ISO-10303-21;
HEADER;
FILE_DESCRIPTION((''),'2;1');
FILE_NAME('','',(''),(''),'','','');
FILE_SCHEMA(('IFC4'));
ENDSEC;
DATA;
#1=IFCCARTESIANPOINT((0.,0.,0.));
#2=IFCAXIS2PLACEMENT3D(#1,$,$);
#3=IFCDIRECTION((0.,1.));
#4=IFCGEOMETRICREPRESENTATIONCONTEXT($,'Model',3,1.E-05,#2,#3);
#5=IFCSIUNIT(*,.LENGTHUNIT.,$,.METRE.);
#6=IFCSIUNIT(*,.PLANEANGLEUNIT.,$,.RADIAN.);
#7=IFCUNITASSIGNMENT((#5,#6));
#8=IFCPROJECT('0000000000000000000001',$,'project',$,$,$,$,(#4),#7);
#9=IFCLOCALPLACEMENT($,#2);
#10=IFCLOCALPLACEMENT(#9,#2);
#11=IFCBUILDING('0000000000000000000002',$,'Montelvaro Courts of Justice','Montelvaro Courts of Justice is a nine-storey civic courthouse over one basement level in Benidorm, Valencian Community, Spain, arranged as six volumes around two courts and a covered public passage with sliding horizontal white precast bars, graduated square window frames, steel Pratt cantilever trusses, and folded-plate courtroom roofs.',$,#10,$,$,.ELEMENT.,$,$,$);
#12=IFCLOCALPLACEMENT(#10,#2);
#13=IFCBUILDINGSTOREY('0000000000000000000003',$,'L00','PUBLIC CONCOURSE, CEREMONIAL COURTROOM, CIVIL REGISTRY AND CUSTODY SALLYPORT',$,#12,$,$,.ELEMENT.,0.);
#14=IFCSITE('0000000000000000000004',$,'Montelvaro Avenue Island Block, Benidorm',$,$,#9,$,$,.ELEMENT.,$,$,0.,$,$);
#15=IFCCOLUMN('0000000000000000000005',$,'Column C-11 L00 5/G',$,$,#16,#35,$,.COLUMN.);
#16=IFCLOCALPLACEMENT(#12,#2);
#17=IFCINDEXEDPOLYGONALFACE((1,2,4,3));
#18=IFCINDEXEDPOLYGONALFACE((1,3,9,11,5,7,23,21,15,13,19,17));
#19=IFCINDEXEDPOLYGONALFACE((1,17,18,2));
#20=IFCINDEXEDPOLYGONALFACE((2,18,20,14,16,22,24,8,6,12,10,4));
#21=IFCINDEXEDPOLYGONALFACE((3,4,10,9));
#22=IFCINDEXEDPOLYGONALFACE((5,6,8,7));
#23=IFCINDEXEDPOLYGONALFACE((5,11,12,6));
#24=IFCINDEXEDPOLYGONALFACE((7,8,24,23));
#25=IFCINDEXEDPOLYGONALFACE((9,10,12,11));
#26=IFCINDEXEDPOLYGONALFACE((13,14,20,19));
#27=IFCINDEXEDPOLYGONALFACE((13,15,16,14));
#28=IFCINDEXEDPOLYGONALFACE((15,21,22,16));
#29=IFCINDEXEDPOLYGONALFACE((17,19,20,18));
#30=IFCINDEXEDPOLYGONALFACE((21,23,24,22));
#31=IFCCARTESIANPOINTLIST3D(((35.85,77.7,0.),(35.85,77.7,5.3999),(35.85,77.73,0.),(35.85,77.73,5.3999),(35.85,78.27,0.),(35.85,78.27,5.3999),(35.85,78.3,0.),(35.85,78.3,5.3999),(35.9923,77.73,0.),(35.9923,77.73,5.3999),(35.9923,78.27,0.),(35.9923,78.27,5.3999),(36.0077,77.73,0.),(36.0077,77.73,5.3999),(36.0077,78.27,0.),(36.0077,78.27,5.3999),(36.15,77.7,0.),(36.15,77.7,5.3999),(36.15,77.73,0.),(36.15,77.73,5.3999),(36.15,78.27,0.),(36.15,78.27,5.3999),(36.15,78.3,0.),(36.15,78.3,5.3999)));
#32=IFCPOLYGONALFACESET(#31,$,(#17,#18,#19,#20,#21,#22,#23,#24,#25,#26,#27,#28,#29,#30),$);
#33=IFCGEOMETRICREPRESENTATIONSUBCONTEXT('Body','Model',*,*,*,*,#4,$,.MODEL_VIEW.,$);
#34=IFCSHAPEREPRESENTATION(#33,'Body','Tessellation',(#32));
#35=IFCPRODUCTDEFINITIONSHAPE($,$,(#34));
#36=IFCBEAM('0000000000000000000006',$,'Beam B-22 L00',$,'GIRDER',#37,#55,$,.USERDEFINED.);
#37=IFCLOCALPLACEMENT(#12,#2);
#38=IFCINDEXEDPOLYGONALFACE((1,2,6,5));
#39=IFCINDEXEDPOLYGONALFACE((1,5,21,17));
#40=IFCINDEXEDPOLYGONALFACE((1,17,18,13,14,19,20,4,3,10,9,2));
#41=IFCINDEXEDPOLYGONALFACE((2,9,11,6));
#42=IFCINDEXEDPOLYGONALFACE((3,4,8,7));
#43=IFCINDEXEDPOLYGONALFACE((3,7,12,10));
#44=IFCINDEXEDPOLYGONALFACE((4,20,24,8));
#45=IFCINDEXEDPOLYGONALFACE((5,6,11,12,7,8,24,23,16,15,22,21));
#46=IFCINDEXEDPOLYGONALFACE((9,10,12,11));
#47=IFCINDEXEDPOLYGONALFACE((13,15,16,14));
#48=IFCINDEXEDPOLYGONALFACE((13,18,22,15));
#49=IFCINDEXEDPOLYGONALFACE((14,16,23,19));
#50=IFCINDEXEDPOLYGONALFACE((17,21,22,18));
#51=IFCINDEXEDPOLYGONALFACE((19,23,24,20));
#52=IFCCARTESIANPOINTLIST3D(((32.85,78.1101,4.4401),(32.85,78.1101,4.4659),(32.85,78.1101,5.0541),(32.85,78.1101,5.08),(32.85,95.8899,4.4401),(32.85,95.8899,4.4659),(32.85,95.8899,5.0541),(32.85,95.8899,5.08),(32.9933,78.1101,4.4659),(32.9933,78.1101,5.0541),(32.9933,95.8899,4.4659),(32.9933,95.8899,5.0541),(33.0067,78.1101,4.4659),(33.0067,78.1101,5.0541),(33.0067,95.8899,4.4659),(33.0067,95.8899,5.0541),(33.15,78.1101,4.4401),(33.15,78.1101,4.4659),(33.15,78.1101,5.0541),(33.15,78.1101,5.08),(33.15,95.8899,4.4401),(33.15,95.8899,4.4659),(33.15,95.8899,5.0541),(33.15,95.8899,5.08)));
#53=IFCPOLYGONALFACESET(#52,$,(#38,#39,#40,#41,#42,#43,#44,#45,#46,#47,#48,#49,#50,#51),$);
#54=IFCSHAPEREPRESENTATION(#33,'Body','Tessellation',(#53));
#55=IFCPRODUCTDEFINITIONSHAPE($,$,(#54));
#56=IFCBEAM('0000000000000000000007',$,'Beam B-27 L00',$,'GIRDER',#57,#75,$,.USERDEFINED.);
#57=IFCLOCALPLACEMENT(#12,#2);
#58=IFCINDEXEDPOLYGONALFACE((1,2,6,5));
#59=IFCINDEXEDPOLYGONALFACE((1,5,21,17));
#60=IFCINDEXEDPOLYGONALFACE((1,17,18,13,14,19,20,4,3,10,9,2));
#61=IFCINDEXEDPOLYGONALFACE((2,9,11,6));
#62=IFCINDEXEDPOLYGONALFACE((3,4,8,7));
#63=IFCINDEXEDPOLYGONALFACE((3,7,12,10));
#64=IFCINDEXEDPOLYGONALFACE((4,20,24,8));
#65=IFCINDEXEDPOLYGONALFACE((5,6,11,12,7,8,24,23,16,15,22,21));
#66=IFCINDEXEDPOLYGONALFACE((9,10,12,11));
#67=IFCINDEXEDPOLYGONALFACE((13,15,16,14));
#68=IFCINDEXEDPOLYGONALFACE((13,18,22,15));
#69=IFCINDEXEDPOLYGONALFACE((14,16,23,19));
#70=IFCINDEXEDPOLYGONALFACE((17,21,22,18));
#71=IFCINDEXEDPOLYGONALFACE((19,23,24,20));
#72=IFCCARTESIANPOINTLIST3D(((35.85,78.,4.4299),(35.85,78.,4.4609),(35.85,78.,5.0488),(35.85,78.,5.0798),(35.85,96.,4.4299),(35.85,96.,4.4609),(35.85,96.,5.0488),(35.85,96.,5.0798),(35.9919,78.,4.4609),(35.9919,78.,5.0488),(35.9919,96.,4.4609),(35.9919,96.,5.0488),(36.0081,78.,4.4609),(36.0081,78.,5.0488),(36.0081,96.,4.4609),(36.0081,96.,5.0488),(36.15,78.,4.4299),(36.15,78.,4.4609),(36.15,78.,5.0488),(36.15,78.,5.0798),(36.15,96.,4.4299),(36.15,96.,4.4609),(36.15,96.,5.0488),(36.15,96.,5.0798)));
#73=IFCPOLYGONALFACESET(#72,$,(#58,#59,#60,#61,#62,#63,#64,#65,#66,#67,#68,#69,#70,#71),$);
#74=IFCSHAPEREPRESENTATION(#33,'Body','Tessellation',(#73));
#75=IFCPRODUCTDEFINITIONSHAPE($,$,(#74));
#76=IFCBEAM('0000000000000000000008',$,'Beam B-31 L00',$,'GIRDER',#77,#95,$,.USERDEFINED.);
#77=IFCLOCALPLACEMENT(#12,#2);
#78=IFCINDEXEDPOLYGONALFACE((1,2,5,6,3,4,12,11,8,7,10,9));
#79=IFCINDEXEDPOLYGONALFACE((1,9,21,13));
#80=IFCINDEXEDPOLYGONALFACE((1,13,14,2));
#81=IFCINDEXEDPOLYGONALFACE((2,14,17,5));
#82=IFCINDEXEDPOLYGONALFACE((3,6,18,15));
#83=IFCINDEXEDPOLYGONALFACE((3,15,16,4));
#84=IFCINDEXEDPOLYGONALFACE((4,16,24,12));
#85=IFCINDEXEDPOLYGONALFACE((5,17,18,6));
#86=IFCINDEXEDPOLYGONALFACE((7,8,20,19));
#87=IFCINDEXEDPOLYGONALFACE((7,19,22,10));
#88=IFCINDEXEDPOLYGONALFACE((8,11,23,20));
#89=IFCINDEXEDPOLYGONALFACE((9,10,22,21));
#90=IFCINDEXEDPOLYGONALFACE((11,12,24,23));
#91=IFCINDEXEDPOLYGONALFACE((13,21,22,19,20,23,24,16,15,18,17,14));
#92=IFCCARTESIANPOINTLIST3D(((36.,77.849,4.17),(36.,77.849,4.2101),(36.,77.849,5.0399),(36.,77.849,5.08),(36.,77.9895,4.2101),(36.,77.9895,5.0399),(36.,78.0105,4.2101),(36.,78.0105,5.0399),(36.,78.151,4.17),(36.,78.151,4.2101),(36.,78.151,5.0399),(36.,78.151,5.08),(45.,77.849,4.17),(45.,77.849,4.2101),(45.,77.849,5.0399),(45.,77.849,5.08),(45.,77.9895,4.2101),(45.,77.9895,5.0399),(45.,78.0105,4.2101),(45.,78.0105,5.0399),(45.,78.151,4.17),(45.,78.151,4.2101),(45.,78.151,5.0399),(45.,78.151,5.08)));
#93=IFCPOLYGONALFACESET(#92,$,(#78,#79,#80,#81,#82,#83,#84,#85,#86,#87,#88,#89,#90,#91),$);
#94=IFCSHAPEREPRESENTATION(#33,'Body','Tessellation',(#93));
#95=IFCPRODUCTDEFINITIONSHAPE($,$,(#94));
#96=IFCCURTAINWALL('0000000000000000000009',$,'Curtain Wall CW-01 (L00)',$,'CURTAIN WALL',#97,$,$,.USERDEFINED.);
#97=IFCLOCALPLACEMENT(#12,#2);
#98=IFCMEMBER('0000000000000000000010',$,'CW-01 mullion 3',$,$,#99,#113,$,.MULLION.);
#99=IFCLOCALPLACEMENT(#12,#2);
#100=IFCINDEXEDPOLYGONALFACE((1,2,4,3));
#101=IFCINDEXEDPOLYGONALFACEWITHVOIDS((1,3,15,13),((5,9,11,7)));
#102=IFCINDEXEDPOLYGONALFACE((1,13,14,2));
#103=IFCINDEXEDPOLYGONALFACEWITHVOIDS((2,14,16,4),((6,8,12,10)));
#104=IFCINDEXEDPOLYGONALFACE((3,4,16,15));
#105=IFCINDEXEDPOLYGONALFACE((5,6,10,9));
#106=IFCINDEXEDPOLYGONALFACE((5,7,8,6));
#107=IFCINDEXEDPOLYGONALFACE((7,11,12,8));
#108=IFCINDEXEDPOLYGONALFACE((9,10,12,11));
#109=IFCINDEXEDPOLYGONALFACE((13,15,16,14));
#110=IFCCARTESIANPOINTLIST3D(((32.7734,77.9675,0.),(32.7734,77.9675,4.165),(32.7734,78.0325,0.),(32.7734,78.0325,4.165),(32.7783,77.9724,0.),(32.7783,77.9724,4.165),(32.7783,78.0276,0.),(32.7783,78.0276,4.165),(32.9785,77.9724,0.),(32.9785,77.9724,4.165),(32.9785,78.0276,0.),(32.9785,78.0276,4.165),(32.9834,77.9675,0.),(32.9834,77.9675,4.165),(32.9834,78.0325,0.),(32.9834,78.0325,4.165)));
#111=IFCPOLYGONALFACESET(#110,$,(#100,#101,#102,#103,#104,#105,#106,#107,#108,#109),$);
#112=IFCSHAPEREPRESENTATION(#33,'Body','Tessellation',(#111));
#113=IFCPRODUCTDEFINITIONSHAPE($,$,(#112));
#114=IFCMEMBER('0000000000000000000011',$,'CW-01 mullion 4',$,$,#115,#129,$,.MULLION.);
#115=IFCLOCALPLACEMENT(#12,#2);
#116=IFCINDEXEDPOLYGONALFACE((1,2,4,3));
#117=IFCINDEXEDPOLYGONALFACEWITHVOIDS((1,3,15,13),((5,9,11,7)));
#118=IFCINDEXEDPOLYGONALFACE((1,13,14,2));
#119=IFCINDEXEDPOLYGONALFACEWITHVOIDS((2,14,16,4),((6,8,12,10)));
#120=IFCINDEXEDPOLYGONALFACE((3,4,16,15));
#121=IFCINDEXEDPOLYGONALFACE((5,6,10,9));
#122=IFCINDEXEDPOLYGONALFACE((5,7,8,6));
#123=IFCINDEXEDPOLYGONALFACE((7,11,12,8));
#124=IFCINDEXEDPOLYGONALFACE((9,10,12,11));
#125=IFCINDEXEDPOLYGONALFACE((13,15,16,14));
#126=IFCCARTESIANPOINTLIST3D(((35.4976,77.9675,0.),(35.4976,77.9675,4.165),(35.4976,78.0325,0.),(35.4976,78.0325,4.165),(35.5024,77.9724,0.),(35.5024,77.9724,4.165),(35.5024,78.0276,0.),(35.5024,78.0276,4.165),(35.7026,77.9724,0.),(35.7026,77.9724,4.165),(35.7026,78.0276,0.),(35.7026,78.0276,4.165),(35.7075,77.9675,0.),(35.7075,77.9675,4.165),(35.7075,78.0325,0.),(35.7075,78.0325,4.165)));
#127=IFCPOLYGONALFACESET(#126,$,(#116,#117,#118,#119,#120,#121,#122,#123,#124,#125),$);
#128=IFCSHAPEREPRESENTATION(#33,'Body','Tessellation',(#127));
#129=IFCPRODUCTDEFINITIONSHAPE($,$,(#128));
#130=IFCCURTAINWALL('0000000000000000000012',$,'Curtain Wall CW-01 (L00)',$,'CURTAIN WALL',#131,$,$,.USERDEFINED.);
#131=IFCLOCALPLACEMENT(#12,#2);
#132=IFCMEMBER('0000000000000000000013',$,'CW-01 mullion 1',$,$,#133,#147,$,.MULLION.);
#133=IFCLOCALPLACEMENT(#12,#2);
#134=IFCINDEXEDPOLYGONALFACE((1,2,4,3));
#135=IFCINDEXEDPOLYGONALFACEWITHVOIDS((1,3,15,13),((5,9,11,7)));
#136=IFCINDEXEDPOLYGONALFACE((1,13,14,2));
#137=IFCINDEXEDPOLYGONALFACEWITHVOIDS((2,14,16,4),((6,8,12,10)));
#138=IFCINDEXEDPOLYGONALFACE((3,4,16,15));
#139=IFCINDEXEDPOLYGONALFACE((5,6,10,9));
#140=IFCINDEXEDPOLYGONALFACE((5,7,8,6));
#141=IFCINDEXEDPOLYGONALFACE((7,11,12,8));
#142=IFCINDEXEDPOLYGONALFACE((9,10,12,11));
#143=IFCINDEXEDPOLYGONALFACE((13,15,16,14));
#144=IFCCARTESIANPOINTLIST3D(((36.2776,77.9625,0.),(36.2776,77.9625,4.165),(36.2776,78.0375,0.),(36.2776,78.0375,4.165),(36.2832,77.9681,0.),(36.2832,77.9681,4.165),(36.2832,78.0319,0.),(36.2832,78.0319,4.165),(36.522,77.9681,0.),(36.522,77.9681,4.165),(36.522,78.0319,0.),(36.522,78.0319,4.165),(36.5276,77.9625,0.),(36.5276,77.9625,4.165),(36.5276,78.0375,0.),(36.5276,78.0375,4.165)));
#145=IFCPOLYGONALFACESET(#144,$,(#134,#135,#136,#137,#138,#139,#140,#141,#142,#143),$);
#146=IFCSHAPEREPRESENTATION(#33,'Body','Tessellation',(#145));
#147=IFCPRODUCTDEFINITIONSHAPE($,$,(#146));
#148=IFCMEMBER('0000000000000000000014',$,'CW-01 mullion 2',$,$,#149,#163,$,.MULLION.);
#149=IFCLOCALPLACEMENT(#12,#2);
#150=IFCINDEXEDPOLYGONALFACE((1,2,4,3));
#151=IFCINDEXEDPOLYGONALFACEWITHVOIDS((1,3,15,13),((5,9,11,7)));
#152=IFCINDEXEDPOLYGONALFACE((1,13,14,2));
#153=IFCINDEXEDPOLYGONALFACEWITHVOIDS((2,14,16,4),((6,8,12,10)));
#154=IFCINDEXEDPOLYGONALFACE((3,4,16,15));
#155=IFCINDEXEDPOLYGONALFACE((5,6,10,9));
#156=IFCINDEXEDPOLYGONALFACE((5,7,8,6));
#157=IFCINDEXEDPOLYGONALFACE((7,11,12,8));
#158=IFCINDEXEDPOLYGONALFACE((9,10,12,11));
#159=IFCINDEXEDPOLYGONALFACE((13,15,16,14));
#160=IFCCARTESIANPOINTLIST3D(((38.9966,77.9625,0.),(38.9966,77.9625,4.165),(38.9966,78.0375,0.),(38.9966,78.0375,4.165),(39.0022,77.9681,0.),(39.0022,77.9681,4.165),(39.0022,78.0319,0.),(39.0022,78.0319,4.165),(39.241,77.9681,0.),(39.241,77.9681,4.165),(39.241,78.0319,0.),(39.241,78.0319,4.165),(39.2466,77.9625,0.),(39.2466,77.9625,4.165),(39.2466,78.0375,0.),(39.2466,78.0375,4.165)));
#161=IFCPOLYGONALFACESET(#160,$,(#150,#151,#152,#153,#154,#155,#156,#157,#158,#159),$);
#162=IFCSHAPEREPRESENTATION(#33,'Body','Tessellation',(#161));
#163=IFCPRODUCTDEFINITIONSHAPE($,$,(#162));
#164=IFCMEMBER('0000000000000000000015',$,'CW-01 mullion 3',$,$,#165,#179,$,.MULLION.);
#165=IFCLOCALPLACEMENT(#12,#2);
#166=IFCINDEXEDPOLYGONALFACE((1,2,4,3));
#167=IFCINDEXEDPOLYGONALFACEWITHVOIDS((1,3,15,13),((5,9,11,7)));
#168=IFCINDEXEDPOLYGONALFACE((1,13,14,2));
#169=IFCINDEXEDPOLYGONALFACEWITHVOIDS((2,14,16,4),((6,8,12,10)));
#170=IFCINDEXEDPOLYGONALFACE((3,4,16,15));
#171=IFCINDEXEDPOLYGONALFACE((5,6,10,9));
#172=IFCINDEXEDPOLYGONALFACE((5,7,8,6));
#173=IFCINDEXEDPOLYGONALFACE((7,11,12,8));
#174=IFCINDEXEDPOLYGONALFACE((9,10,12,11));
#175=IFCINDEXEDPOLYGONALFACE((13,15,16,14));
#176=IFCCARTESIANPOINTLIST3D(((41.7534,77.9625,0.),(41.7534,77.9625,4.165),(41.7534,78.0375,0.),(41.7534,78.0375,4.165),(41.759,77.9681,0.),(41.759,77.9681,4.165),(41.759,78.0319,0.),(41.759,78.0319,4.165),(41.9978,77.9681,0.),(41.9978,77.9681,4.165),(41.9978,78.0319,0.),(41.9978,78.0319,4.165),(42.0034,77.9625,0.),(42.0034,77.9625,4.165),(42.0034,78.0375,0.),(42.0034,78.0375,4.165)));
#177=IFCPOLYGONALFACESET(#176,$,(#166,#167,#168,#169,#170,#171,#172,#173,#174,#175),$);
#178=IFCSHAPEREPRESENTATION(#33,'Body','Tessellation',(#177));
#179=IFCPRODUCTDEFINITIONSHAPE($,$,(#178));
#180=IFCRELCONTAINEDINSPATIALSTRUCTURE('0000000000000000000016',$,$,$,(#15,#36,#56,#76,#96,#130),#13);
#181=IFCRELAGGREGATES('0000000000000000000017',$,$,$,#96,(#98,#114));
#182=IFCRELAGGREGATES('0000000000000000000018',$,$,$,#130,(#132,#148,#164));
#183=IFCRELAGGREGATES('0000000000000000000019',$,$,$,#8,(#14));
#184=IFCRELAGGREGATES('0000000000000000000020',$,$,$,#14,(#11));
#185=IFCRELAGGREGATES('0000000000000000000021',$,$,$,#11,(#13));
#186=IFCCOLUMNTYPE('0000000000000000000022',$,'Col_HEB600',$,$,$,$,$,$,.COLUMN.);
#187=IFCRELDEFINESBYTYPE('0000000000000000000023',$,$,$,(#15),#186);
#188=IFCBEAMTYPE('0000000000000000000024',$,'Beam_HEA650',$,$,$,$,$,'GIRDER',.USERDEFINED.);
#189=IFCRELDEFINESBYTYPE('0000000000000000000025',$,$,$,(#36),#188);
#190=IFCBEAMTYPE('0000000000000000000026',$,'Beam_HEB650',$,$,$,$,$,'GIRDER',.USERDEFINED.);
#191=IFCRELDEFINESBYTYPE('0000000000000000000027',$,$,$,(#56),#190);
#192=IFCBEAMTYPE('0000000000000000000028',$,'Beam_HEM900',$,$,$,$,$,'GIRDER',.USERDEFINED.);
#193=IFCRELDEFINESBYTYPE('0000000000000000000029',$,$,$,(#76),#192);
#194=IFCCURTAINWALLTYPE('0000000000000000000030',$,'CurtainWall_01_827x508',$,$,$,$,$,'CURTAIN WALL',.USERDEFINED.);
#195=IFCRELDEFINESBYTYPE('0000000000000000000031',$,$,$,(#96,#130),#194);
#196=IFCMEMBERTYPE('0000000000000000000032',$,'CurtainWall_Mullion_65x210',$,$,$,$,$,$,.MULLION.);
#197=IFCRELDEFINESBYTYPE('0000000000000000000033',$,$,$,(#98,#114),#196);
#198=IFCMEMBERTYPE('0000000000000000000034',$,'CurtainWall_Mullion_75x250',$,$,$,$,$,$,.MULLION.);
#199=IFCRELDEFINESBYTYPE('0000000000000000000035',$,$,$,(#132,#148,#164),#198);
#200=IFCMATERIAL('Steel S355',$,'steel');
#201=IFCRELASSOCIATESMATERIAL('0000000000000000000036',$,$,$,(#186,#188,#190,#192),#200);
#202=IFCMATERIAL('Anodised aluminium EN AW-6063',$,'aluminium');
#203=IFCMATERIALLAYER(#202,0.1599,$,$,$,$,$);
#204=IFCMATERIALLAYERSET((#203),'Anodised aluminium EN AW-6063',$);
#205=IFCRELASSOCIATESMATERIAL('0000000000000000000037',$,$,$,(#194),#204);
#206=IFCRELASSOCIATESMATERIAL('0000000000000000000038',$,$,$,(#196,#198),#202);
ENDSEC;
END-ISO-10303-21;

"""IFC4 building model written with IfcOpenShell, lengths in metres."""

from ifc_helpers import new_model, si_unit, direction, frame, origin, origin_2d, place, context, subcontext, project, spatial, hollow_rectangle, i_section, extrude, material, layer, layer_set, material_profile, profile_set, type_object, element, aggregate, save


model = new_model("IFC4")

# Units and contexts
model_context = context("Model", 3, precision=1e-05, world=origin(), true_north=direction((0.0, 1.0)))
body_context = subcontext(model_context, "Body", "Model", "MODEL_VIEW")
ifc_project = project(units=[si_unit("LENGTHUNIT", "METRE"), si_unit("PLANEANGLEUNIT", "RADIAN")], contexts=[model_context])

# Site, building, storey
site_placement = place(None, origin())
site = spatial("IfcSite", under=ifc_project, at=site_placement, Name="Montelvaro Avenue Island Block, Benidorm", CompositionType="ELEMENT", RefElevation=0.0)
building_placement = place(site_placement, origin())
building = spatial("IfcBuilding", under=site, at=building_placement, Name="Montelvaro Courts of Justice", Description="Montelvaro Courts of Justice is a nine-storey civic courthouse over one basement level in Benidorm, Valencian Community, Spain, arranged as six volumes around two courts and a covered public passage with sliding horizontal white precast bars, graduated square window frames, steel Pratt cantilever trusses, and folded-plate courtroom roofs.", CompositionType="ELEMENT")
storey_placement = place(building_placement, origin())
storey = spatial("IfcBuildingStorey", under=building, at=storey_placement, Name="L00", Description="PUBLIC CONCOURSE, CEREMONIAL COURTROOM, CIVIL REGISTRY AND CUSTODY SALLYPORT", CompositionType="ELEMENT", Elevation=0.0)

# Column
ifc_material_1 = material(Name="Steel S355", Category="steel")
ifc_material_profile_1 = material_profile(ifc_material_1, i_section(OverallWidth=0.3, OverallDepth=0.6001, WebThickness=0.0154, FlangeThickness=0.03, at=origin_2d()), Name="HEB 600")
ifc_profile_set_1 = profile_set([ifc_material_profile_1], Name="Steel S355")
column_type = type_object("IfcColumnType", Name="Col_HEB600", PredefinedType="COLUMN", material=ifc_profile_set_1)
column_placement = place(storey_placement, frame((36.0, 78.0, 0.0), z_axis=(0.0, 0.0, 1.0), x_axis=(1.0, 0.0, 0.0)))
element("IfcColumn", 1, at=column_placement, inside=storey, type_object=column_type, Name="Column C-11 L00 5/G", PredefinedType="COLUMN", context=body_context, shape_type="SweptSolid", body=[
    extrude(i_section(OverallWidth=0.3, OverallDepth=0.6001, WebThickness=0.0154, FlangeThickness=0.03, at=origin_2d()), origin(), (0.0, 0.0, 1.0), 5.3999),
])

# Beams
ifc_material_profile_2 = material_profile(ifc_material_1, i_section(OverallWidth=0.3, OverallDepth=0.6399, WebThickness=0.0134, FlangeThickness=0.0259, at=origin_2d()), Name="HEA 650")
ifc_profile_set_2 = profile_set([ifc_material_profile_2], Name="Steel S355")
beam_type_1 = type_object("IfcBeamType", Name="Beam_HEA650", ElementType="GIRDER", PredefinedType="USERDEFINED", material=ifc_profile_set_2)
beam_1_placement = place(storey_placement, frame((33.0, 78.1101, 4.76), z_axis=(0.0, 1.0, 0.0), x_axis=(-1.0, 0.0, 0.0)))
element("IfcBeam", 2, at=beam_1_placement, inside=storey, type_object=beam_type_1, Name="Beam B-22 L00", ObjectType="GIRDER", PredefinedType="USERDEFINED", context=body_context, shape_type="SweptSolid", body=[
    extrude(i_section(OverallWidth=0.3, OverallDepth=0.6399, WebThickness=0.0134, FlangeThickness=0.0259, at=origin_2d()), origin(), (0.0, 0.0, 1.0), 17.7798),
])
ifc_material_profile_3 = material_profile(ifc_material_1, i_section(OverallWidth=0.3, OverallDepth=0.6499, WebThickness=0.0161, FlangeThickness=0.031, at=origin_2d()), Name="HEB 650")
ifc_profile_set_3 = profile_set([ifc_material_profile_3], Name="Steel S355")
beam_type_2 = type_object("IfcBeamType", Name="Beam_HEB650", ElementType="GIRDER", PredefinedType="USERDEFINED", material=ifc_profile_set_3)
beam_2_placement = place(storey_placement, frame((36.0, 78.0, 4.7549), z_axis=(0.0, 1.0, 0.0), x_axis=(-1.0, 0.0, 0.0)))
element("IfcBeam", 3, at=beam_2_placement, inside=storey, type_object=beam_type_2, Name="Beam B-27 L00", ObjectType="GIRDER", PredefinedType="USERDEFINED", context=body_context, shape_type="SweptSolid", body=[
    extrude(i_section(OverallWidth=0.3, OverallDepth=0.6499, WebThickness=0.0161, FlangeThickness=0.031, at=origin_2d()), origin(), (0.0, 0.0, 1.0), 18.0),
])
ifc_material_profile_4 = material_profile(ifc_material_1, i_section(OverallWidth=0.302, OverallDepth=0.9099, WebThickness=0.021, FlangeThickness=0.04, at=origin_2d()), Name="HEM 900")
ifc_profile_set_4 = profile_set([ifc_material_profile_4], Name="Steel S355")
beam_type_3 = type_object("IfcBeamType", Name="Beam_HEM900", ElementType="GIRDER", PredefinedType="USERDEFINED", material=ifc_profile_set_4)
beam_3_placement = place(storey_placement, frame((36.0, 78.0, 4.625), z_axis=(1.0, 0.0, 0.0), x_axis=(0.0, 1.0, 0.0)))
element("IfcBeam", 4, at=beam_3_placement, inside=storey, type_object=beam_type_3, Name="Beam B-31 L00", ObjectType="GIRDER", PredefinedType="USERDEFINED", context=body_context, shape_type="SweptSolid", body=[
    extrude(i_section(OverallWidth=0.302, OverallDepth=0.9099, WebThickness=0.021, FlangeThickness=0.04, at=origin_2d()), origin(), (0.0, 0.0, 1.0), 9.0),
])

# Curtain walls, members
ifc_material_2 = material(Name="Anodised aluminium EN AW-6063", Category="aluminium")
ifc_layer_1 = layer(ifc_material_2, 0.1599)
ifc_layer_set_1 = layer_set([ifc_layer_1], Name="Anodised aluminium EN AW-6063")
curtain_wall_type = type_object("IfcCurtainWallType", Name="CurtainWall_01_827x508", ElementType="CURTAIN WALL", PredefinedType="USERDEFINED", material=ifc_layer_set_1)
curtain_wall_1_placement = place(storey_placement, origin())
curtain_wall_1 = element("IfcCurtainWall", 5, at=curtain_wall_1_placement, inside=storey, type_object=curtain_wall_type, Name="Curtain Wall CW-01 (L00)", ObjectType="CURTAIN WALL", PredefinedType="USERDEFINED")
ifc_material_profile_5 = material_profile(ifc_material_2, hollow_rectangle(XDim=0.0649, YDim=0.21, WallThickness=0.0049, at=origin_2d()), Name="ALU-M 65x210")
ifc_profile_set_5 = profile_set([ifc_material_profile_5], Name="Anodised aluminium EN AW-6063")
member_type_1 = type_object("IfcMemberType", Name="CurtainWall_Mullion_65x210", PredefinedType="MULLION", material=ifc_profile_set_5)
member_1_placement = place(storey_placement, frame((32.8784, 78.0, 0.0), z_axis=(0.0, 0.0, 1.0), x_axis=(0.0, 1.0, 0.0)))
member_1 = element("IfcMember", 6, at=member_1_placement, type_object=member_type_1, Name="CW-01 mullion 3", PredefinedType="MULLION", context=body_context, shape_type="SweptSolid", body=[
    extrude(hollow_rectangle(XDim=0.0649, YDim=0.21, WallThickness=0.0049, at=origin_2d()), origin(), (0.0, 0.0, 1.0), 4.165),
])
member_2_placement = place(storey_placement, frame((35.6025, 78.0, 0.0), z_axis=(0.0, 0.0, 1.0), x_axis=(0.0, 1.0, 0.0)))
member_2 = element("IfcMember", 7, at=member_2_placement, type_object=member_type_1, Name="CW-01 mullion 4", PredefinedType="MULLION", context=body_context, shape_type="SweptSolid", body=[
    extrude(hollow_rectangle(XDim=0.0649, YDim=0.21, WallThickness=0.0049, at=origin_2d()), origin(), (0.0, 0.0, 1.0), 4.165),
])
curtain_wall_2_placement = place(storey_placement, origin())
curtain_wall_2 = element("IfcCurtainWall", 8, at=curtain_wall_2_placement, inside=storey, type_object=curtain_wall_type, Name="Curtain Wall CW-01 (L00)", ObjectType="CURTAIN WALL", PredefinedType="USERDEFINED")
ifc_material_profile_6 = material_profile(ifc_material_2, hollow_rectangle(XDim=0.075, YDim=0.25, WallThickness=0.0056, at=origin_2d()), Name="ALU-M 75x250")
ifc_profile_set_6 = profile_set([ifc_material_profile_6], Name="Anodised aluminium EN AW-6063")
member_type_2 = type_object("IfcMemberType", Name="CurtainWall_Mullion_75x250", PredefinedType="MULLION", material=ifc_profile_set_6)
member_3_placement = place(storey_placement, frame((36.4026, 78.0, 0.0), z_axis=(0.0, 0.0, 1.0), x_axis=(0.0, 1.0, 0.0)))
member_3 = element("IfcMember", 9, at=member_3_placement, type_object=member_type_2, Name="CW-01 mullion 1", PredefinedType="MULLION", context=body_context, shape_type="SweptSolid", body=[
    extrude(hollow_rectangle(XDim=0.075, YDim=0.25, WallThickness=0.0056, at=origin_2d()), origin(), (0.0, 0.0, 1.0), 4.165),
])
member_4_placement = place(storey_placement, frame((39.1216, 78.0, 0.0), z_axis=(0.0, 0.0, 1.0), x_axis=(0.0, 1.0, 0.0)))
member_4 = element("IfcMember", 10, at=member_4_placement, type_object=member_type_2, Name="CW-01 mullion 2", PredefinedType="MULLION", context=body_context, shape_type="SweptSolid", body=[
    extrude(hollow_rectangle(XDim=0.075, YDim=0.25, WallThickness=0.0056, at=origin_2d()), origin(), (0.0, 0.0, 1.0), 4.165),
])
member_5_placement = place(storey_placement, frame((41.8784, 78.0, 0.0), z_axis=(0.0, 0.0, 1.0), x_axis=(0.0, 1.0, 0.0)))
member_5 = element("IfcMember", 11, at=member_5_placement, type_object=member_type_2, Name="CW-01 mullion 3", PredefinedType="MULLION", context=body_context, shape_type="SweptSolid", body=[
    extrude(hollow_rectangle(XDim=0.075, YDim=0.25, WallThickness=0.0056, at=origin_2d()), origin(), (0.0, 0.0, 1.0), 4.165),
])

aggregate(curtain_wall_1, [member_1, member_2])
aggregate(curtain_wall_2, [member_3, member_4, member_5])

save(model, "model.ifc")
